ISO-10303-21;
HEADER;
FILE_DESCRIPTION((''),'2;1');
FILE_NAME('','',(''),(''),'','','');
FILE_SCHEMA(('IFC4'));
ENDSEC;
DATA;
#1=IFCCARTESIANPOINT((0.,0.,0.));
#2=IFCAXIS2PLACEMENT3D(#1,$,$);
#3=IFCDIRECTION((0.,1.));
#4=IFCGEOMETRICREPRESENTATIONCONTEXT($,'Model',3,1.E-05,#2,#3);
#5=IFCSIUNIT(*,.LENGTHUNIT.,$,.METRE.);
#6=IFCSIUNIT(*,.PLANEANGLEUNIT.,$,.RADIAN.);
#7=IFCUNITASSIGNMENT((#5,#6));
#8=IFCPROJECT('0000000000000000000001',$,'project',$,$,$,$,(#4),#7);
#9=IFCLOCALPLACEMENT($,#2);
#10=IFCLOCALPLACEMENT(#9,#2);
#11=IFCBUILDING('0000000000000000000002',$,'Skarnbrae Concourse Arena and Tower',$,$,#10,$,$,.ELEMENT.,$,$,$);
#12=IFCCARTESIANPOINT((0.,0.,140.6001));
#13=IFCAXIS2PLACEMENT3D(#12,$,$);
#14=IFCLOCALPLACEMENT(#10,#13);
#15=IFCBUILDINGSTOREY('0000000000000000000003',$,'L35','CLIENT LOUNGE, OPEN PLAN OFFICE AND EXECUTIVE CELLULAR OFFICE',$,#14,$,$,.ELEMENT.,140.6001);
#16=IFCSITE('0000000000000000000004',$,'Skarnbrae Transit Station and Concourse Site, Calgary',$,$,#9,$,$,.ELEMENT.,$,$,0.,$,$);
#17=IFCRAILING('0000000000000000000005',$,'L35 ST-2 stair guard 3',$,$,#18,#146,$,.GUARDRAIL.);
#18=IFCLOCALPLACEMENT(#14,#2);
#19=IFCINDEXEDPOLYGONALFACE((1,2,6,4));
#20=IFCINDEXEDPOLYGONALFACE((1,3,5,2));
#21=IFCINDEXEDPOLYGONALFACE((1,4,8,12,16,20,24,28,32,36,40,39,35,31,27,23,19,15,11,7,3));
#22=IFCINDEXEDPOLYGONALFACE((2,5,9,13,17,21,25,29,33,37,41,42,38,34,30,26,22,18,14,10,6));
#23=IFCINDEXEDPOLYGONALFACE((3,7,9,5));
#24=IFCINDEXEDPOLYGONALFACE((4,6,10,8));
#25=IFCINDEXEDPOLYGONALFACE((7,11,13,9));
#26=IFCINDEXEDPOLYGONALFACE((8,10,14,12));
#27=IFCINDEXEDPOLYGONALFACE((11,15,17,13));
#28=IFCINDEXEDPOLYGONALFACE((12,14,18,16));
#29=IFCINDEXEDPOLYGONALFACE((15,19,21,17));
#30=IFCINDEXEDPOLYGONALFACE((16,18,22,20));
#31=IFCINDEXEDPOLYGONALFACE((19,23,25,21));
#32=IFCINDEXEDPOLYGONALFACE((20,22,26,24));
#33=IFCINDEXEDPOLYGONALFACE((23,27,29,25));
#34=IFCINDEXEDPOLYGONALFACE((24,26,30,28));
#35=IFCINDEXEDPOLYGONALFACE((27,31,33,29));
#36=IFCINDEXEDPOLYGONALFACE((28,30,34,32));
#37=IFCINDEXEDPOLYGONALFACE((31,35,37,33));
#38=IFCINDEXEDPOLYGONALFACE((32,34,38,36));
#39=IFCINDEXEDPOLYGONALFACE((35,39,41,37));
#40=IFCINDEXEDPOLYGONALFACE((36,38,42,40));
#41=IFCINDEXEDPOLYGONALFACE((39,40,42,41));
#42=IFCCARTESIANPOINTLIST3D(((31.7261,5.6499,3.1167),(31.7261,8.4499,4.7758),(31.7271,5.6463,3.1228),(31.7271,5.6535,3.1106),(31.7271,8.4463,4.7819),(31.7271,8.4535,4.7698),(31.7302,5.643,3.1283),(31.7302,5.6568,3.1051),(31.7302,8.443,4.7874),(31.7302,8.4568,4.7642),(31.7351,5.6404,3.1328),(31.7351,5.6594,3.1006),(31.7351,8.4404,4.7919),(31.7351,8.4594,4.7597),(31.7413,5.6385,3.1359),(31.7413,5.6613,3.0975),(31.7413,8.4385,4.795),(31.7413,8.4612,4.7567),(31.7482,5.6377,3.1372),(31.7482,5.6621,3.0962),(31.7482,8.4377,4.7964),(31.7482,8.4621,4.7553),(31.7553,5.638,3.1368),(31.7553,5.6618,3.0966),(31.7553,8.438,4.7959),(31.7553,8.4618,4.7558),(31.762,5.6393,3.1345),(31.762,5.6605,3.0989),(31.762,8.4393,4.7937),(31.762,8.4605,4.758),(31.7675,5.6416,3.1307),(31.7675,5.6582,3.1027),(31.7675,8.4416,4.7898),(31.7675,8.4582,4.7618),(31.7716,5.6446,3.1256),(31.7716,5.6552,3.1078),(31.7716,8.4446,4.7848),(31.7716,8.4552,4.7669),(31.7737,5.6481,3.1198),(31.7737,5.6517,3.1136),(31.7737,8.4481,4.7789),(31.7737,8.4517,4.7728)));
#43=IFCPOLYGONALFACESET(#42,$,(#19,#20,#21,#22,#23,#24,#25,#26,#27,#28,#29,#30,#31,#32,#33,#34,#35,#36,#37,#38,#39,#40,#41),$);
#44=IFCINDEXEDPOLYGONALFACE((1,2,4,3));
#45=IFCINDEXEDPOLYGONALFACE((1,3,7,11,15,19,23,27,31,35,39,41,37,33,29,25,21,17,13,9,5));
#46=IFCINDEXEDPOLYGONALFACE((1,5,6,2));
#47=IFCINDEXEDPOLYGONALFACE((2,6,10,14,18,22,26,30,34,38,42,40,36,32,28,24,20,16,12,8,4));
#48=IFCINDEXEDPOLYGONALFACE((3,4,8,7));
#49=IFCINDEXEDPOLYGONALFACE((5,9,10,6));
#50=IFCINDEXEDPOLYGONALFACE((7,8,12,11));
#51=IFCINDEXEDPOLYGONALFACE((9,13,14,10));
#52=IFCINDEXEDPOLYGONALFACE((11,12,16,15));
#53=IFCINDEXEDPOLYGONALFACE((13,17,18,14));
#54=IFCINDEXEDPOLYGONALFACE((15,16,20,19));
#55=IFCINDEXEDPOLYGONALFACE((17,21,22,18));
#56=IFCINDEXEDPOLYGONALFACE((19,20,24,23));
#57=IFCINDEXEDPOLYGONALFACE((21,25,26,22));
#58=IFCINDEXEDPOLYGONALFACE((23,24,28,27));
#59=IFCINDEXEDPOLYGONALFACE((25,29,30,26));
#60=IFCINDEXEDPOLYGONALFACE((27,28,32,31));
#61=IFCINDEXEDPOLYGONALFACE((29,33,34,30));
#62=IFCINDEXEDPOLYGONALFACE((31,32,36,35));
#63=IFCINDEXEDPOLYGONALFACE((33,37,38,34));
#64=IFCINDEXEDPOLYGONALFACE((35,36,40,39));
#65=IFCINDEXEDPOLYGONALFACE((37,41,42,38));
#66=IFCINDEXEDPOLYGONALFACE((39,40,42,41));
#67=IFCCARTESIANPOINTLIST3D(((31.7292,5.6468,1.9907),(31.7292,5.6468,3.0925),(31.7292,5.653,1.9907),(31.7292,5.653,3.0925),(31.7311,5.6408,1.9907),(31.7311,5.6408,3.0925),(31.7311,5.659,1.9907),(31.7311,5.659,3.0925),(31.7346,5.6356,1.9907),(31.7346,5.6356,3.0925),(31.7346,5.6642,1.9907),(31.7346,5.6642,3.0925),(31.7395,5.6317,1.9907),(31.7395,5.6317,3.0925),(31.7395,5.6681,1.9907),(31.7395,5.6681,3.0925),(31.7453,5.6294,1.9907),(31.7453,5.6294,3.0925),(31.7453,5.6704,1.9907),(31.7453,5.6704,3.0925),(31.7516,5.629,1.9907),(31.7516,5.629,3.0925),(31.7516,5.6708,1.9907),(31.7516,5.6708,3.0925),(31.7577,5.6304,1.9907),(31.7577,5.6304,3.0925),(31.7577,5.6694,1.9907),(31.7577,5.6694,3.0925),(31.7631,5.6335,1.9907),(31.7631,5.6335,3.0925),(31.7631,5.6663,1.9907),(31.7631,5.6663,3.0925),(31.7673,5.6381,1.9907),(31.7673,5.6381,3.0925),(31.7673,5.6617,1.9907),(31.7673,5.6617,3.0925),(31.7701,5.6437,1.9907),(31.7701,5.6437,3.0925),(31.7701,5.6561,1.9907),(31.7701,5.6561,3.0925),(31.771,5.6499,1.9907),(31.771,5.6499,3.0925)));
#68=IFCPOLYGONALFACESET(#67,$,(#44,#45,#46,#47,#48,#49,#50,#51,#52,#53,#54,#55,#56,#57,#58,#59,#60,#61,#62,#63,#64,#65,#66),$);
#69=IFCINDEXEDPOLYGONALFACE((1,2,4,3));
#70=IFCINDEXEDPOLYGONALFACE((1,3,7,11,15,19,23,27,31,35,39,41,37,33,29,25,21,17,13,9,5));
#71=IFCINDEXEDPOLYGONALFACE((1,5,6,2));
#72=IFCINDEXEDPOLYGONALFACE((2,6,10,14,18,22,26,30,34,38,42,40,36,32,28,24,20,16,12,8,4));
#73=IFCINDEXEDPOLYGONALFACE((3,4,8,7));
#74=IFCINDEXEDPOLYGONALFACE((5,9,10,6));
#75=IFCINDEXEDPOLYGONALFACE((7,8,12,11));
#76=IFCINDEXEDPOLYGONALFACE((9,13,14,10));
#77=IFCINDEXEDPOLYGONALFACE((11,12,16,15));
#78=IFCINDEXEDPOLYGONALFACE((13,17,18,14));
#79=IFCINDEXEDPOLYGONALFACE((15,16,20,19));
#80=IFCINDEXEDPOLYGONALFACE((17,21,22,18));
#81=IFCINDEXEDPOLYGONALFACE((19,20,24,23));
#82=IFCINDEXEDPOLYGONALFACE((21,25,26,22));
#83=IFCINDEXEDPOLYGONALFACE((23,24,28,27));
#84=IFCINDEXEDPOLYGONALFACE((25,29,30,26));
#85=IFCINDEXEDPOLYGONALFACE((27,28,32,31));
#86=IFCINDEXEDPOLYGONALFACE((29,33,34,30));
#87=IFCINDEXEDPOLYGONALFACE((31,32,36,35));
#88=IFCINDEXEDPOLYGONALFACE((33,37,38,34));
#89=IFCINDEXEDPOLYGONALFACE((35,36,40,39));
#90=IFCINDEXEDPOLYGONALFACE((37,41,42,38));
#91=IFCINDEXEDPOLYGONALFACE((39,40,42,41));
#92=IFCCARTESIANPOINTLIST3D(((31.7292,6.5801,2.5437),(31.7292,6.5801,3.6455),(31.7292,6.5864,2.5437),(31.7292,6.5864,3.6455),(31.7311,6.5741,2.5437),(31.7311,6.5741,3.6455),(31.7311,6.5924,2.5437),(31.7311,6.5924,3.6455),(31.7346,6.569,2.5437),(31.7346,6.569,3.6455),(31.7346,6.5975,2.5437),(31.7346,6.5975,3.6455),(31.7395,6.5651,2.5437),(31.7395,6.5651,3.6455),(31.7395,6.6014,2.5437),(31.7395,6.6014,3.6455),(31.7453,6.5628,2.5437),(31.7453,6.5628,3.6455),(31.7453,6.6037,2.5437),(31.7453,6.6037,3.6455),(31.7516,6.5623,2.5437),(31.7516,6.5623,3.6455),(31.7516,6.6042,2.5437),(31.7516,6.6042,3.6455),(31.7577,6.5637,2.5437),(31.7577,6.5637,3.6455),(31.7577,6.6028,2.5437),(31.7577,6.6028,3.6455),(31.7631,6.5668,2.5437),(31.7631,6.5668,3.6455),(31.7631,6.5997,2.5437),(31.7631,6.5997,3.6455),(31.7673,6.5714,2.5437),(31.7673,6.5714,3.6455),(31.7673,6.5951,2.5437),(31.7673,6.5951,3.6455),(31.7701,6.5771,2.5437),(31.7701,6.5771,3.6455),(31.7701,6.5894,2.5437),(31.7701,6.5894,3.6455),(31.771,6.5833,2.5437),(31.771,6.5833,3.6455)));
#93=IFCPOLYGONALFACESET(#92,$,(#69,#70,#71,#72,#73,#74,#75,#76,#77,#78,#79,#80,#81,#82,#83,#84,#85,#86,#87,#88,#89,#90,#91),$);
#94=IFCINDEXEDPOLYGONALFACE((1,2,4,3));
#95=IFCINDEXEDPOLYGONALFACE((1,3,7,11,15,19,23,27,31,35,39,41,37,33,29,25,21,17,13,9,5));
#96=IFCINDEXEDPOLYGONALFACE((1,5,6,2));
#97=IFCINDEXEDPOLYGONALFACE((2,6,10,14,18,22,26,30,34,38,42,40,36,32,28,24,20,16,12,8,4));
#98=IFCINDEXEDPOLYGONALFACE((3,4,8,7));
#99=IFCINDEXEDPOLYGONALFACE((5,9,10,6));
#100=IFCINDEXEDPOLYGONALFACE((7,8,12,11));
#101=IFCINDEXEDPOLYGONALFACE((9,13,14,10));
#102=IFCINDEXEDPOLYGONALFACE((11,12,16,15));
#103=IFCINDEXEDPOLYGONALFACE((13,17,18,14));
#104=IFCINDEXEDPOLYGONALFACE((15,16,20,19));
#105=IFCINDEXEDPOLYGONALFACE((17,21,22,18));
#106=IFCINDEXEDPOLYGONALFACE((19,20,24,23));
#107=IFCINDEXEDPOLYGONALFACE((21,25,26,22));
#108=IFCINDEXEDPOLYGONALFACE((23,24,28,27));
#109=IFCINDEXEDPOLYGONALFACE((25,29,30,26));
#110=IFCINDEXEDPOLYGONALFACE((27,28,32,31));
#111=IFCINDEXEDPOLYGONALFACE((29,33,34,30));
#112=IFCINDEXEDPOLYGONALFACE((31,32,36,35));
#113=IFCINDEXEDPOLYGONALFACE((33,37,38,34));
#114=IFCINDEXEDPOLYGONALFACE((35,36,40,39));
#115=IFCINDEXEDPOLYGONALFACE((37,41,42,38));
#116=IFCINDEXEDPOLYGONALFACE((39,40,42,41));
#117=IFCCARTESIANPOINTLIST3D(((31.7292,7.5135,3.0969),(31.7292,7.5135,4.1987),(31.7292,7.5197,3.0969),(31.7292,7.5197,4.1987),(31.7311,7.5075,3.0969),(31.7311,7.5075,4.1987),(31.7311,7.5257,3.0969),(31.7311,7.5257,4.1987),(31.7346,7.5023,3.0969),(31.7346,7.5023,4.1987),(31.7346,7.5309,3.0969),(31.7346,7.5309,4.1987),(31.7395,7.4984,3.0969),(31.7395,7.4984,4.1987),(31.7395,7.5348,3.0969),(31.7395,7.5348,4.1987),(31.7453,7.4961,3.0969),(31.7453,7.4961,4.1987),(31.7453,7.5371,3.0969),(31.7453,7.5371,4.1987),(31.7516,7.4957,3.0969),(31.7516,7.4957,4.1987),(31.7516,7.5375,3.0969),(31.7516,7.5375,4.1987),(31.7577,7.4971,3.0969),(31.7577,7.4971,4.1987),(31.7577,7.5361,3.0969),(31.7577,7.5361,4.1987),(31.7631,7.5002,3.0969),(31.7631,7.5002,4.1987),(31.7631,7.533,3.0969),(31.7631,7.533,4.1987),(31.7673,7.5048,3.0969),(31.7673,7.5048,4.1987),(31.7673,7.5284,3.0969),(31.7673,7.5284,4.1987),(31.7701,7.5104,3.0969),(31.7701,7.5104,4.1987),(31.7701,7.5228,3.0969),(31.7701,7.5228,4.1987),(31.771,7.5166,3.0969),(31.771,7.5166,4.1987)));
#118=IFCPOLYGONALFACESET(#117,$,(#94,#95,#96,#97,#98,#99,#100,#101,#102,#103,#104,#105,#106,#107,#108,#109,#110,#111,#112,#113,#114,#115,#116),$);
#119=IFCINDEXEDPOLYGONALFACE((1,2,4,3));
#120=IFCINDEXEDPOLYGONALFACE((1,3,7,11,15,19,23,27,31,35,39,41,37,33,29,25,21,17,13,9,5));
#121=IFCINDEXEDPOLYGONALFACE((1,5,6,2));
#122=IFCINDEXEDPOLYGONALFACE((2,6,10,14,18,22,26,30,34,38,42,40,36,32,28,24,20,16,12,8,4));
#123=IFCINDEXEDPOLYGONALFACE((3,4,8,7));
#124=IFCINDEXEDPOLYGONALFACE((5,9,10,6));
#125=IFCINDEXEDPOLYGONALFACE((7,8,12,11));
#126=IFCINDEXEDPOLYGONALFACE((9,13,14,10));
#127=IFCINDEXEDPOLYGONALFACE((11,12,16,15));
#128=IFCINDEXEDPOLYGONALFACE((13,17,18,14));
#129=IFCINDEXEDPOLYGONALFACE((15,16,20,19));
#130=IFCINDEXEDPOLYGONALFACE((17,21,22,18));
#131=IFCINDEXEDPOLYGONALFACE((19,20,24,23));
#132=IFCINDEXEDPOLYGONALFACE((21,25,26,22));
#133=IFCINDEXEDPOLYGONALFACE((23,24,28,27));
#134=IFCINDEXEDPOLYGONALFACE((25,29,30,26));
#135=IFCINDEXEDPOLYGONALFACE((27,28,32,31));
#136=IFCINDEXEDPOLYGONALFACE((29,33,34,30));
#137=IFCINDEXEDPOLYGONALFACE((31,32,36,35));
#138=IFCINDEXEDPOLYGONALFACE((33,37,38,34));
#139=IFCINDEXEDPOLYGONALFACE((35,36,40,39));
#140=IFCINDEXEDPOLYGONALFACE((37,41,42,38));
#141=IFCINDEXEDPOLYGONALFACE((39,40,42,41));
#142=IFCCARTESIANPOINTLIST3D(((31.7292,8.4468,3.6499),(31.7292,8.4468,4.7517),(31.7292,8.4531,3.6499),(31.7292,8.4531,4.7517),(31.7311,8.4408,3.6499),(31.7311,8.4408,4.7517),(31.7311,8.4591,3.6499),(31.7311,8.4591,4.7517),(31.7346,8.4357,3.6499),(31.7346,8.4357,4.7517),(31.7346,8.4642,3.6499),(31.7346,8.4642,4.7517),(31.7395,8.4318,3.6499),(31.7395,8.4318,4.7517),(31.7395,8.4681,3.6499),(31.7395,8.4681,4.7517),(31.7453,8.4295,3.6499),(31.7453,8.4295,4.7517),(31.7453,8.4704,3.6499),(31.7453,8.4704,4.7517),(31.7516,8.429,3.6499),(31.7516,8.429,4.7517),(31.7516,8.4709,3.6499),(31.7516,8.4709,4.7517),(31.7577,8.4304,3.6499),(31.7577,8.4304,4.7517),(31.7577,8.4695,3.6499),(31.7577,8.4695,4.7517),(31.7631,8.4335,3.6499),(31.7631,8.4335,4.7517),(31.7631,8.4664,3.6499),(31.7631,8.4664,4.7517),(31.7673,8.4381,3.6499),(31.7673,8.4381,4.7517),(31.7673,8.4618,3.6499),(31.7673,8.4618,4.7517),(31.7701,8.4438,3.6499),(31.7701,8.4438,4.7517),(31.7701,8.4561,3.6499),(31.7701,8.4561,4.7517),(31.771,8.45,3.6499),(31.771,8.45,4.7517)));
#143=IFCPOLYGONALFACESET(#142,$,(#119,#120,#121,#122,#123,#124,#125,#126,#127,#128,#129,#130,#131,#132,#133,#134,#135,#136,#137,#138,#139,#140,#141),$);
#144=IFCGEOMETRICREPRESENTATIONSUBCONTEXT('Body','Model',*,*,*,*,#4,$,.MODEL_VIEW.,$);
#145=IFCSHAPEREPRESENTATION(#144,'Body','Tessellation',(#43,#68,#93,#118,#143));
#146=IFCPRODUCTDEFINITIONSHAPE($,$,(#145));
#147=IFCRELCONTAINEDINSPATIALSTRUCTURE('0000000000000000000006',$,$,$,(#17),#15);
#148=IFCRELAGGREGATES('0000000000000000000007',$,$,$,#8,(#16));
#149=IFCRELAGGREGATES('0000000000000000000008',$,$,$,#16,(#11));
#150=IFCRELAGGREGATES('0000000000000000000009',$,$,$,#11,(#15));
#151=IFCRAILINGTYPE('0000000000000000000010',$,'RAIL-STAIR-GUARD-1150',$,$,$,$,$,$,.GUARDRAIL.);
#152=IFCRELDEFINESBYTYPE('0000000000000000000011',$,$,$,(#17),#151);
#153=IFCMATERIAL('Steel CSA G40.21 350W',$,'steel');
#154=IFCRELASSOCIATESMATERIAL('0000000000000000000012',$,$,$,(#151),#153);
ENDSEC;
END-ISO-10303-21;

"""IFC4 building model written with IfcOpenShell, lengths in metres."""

from ifc_helpers import new_model, si_unit, direction, frame, origin, origin_2d, place, context, subcontext, project, spatial, circle, extrude, material, type_object, element, save


model = new_model("IFC4")

# Units and contexts
model_context = context("Model", 3, precision=1e-05, world=origin(), true_north=direction((0.0, 1.0)))
body_context = subcontext(model_context, "Body", "Model", "MODEL_VIEW")
ifc_project = project(units=[si_unit("LENGTHUNIT", "METRE"), si_unit("PLANEANGLEUNIT", "RADIAN")], contexts=[model_context])

# Site, building, storey
site_placement = place(None, origin())
site = spatial("IfcSite", under=ifc_project, at=site_placement, Name="Skarnbrae Transit Station and Concourse Site, Calgary", CompositionType="ELEMENT", RefElevation=0.0)
building_placement = place(site_placement, origin())
building = spatial("IfcBuilding", under=site, at=building_placement, Name="Skarnbrae Concourse Arena and Tower", CompositionType="ELEMENT")
storey_placement = place(building_placement, frame((0.0, 0.0, 140.6001)))
storey = spatial("IfcBuildingStorey", under=building, at=storey_placement, Name="L35", Description="CLIENT LOUNGE, OPEN PLAN OFFICE AND EXECUTIVE CELLULAR OFFICE", CompositionType="ELEMENT", Elevation=140.6001)

# Shared definitions
ifc_material_1 = material(Name="Steel CSA G40.21 350W", Category="steel")

# Railing
railing_type_1 = type_object("IfcRailingType", Name="RAIL-STAIR-GUARD-1150", PredefinedType="GUARDRAIL", material=ifc_material_1)
railing_1_placement = place(storey_placement, frame((31.75, 5.6499, 1.9907)))
element("IfcRailing", 1, at=railing_1_placement, inside=storey, type_object=railing_type_1, Name="L35 ST-2 stair guard 3", PredefinedType="GUARDRAIL", context=body_context, shape_type="SweptSolid", body=[
    extrude(circle(Radius=0.0239, at=origin_2d()), frame((0.0, 0.0, 1.126), z_axis=(0.0, 0.860306, 0.509778), x_axis=(-1.0, 0.0, 0.0)), (0.0, 0.0, 1.0), 3.2546),
    extrude(circle(Radius=0.021, at=origin_2d()), origin(), (0.0, 0.0, 1.0), 1.1018),
    extrude(circle(Radius=0.021, at=origin_2d()), frame((0.0, 0.9333, 0.553)), (0.0, 0.0, 1.0), 1.1018),
    extrude(circle(Radius=0.021, at=origin_2d()), frame((0.0, 1.8667, 1.1062)), (0.0, 0.0, 1.0), 1.1018),
    extrude(circle(Radius=0.021, at=origin_2d()), frame((0.0, 2.8, 1.6592)), (0.0, 0.0, 1.0), 1.1018),
])

save(model, "model.ifc")
